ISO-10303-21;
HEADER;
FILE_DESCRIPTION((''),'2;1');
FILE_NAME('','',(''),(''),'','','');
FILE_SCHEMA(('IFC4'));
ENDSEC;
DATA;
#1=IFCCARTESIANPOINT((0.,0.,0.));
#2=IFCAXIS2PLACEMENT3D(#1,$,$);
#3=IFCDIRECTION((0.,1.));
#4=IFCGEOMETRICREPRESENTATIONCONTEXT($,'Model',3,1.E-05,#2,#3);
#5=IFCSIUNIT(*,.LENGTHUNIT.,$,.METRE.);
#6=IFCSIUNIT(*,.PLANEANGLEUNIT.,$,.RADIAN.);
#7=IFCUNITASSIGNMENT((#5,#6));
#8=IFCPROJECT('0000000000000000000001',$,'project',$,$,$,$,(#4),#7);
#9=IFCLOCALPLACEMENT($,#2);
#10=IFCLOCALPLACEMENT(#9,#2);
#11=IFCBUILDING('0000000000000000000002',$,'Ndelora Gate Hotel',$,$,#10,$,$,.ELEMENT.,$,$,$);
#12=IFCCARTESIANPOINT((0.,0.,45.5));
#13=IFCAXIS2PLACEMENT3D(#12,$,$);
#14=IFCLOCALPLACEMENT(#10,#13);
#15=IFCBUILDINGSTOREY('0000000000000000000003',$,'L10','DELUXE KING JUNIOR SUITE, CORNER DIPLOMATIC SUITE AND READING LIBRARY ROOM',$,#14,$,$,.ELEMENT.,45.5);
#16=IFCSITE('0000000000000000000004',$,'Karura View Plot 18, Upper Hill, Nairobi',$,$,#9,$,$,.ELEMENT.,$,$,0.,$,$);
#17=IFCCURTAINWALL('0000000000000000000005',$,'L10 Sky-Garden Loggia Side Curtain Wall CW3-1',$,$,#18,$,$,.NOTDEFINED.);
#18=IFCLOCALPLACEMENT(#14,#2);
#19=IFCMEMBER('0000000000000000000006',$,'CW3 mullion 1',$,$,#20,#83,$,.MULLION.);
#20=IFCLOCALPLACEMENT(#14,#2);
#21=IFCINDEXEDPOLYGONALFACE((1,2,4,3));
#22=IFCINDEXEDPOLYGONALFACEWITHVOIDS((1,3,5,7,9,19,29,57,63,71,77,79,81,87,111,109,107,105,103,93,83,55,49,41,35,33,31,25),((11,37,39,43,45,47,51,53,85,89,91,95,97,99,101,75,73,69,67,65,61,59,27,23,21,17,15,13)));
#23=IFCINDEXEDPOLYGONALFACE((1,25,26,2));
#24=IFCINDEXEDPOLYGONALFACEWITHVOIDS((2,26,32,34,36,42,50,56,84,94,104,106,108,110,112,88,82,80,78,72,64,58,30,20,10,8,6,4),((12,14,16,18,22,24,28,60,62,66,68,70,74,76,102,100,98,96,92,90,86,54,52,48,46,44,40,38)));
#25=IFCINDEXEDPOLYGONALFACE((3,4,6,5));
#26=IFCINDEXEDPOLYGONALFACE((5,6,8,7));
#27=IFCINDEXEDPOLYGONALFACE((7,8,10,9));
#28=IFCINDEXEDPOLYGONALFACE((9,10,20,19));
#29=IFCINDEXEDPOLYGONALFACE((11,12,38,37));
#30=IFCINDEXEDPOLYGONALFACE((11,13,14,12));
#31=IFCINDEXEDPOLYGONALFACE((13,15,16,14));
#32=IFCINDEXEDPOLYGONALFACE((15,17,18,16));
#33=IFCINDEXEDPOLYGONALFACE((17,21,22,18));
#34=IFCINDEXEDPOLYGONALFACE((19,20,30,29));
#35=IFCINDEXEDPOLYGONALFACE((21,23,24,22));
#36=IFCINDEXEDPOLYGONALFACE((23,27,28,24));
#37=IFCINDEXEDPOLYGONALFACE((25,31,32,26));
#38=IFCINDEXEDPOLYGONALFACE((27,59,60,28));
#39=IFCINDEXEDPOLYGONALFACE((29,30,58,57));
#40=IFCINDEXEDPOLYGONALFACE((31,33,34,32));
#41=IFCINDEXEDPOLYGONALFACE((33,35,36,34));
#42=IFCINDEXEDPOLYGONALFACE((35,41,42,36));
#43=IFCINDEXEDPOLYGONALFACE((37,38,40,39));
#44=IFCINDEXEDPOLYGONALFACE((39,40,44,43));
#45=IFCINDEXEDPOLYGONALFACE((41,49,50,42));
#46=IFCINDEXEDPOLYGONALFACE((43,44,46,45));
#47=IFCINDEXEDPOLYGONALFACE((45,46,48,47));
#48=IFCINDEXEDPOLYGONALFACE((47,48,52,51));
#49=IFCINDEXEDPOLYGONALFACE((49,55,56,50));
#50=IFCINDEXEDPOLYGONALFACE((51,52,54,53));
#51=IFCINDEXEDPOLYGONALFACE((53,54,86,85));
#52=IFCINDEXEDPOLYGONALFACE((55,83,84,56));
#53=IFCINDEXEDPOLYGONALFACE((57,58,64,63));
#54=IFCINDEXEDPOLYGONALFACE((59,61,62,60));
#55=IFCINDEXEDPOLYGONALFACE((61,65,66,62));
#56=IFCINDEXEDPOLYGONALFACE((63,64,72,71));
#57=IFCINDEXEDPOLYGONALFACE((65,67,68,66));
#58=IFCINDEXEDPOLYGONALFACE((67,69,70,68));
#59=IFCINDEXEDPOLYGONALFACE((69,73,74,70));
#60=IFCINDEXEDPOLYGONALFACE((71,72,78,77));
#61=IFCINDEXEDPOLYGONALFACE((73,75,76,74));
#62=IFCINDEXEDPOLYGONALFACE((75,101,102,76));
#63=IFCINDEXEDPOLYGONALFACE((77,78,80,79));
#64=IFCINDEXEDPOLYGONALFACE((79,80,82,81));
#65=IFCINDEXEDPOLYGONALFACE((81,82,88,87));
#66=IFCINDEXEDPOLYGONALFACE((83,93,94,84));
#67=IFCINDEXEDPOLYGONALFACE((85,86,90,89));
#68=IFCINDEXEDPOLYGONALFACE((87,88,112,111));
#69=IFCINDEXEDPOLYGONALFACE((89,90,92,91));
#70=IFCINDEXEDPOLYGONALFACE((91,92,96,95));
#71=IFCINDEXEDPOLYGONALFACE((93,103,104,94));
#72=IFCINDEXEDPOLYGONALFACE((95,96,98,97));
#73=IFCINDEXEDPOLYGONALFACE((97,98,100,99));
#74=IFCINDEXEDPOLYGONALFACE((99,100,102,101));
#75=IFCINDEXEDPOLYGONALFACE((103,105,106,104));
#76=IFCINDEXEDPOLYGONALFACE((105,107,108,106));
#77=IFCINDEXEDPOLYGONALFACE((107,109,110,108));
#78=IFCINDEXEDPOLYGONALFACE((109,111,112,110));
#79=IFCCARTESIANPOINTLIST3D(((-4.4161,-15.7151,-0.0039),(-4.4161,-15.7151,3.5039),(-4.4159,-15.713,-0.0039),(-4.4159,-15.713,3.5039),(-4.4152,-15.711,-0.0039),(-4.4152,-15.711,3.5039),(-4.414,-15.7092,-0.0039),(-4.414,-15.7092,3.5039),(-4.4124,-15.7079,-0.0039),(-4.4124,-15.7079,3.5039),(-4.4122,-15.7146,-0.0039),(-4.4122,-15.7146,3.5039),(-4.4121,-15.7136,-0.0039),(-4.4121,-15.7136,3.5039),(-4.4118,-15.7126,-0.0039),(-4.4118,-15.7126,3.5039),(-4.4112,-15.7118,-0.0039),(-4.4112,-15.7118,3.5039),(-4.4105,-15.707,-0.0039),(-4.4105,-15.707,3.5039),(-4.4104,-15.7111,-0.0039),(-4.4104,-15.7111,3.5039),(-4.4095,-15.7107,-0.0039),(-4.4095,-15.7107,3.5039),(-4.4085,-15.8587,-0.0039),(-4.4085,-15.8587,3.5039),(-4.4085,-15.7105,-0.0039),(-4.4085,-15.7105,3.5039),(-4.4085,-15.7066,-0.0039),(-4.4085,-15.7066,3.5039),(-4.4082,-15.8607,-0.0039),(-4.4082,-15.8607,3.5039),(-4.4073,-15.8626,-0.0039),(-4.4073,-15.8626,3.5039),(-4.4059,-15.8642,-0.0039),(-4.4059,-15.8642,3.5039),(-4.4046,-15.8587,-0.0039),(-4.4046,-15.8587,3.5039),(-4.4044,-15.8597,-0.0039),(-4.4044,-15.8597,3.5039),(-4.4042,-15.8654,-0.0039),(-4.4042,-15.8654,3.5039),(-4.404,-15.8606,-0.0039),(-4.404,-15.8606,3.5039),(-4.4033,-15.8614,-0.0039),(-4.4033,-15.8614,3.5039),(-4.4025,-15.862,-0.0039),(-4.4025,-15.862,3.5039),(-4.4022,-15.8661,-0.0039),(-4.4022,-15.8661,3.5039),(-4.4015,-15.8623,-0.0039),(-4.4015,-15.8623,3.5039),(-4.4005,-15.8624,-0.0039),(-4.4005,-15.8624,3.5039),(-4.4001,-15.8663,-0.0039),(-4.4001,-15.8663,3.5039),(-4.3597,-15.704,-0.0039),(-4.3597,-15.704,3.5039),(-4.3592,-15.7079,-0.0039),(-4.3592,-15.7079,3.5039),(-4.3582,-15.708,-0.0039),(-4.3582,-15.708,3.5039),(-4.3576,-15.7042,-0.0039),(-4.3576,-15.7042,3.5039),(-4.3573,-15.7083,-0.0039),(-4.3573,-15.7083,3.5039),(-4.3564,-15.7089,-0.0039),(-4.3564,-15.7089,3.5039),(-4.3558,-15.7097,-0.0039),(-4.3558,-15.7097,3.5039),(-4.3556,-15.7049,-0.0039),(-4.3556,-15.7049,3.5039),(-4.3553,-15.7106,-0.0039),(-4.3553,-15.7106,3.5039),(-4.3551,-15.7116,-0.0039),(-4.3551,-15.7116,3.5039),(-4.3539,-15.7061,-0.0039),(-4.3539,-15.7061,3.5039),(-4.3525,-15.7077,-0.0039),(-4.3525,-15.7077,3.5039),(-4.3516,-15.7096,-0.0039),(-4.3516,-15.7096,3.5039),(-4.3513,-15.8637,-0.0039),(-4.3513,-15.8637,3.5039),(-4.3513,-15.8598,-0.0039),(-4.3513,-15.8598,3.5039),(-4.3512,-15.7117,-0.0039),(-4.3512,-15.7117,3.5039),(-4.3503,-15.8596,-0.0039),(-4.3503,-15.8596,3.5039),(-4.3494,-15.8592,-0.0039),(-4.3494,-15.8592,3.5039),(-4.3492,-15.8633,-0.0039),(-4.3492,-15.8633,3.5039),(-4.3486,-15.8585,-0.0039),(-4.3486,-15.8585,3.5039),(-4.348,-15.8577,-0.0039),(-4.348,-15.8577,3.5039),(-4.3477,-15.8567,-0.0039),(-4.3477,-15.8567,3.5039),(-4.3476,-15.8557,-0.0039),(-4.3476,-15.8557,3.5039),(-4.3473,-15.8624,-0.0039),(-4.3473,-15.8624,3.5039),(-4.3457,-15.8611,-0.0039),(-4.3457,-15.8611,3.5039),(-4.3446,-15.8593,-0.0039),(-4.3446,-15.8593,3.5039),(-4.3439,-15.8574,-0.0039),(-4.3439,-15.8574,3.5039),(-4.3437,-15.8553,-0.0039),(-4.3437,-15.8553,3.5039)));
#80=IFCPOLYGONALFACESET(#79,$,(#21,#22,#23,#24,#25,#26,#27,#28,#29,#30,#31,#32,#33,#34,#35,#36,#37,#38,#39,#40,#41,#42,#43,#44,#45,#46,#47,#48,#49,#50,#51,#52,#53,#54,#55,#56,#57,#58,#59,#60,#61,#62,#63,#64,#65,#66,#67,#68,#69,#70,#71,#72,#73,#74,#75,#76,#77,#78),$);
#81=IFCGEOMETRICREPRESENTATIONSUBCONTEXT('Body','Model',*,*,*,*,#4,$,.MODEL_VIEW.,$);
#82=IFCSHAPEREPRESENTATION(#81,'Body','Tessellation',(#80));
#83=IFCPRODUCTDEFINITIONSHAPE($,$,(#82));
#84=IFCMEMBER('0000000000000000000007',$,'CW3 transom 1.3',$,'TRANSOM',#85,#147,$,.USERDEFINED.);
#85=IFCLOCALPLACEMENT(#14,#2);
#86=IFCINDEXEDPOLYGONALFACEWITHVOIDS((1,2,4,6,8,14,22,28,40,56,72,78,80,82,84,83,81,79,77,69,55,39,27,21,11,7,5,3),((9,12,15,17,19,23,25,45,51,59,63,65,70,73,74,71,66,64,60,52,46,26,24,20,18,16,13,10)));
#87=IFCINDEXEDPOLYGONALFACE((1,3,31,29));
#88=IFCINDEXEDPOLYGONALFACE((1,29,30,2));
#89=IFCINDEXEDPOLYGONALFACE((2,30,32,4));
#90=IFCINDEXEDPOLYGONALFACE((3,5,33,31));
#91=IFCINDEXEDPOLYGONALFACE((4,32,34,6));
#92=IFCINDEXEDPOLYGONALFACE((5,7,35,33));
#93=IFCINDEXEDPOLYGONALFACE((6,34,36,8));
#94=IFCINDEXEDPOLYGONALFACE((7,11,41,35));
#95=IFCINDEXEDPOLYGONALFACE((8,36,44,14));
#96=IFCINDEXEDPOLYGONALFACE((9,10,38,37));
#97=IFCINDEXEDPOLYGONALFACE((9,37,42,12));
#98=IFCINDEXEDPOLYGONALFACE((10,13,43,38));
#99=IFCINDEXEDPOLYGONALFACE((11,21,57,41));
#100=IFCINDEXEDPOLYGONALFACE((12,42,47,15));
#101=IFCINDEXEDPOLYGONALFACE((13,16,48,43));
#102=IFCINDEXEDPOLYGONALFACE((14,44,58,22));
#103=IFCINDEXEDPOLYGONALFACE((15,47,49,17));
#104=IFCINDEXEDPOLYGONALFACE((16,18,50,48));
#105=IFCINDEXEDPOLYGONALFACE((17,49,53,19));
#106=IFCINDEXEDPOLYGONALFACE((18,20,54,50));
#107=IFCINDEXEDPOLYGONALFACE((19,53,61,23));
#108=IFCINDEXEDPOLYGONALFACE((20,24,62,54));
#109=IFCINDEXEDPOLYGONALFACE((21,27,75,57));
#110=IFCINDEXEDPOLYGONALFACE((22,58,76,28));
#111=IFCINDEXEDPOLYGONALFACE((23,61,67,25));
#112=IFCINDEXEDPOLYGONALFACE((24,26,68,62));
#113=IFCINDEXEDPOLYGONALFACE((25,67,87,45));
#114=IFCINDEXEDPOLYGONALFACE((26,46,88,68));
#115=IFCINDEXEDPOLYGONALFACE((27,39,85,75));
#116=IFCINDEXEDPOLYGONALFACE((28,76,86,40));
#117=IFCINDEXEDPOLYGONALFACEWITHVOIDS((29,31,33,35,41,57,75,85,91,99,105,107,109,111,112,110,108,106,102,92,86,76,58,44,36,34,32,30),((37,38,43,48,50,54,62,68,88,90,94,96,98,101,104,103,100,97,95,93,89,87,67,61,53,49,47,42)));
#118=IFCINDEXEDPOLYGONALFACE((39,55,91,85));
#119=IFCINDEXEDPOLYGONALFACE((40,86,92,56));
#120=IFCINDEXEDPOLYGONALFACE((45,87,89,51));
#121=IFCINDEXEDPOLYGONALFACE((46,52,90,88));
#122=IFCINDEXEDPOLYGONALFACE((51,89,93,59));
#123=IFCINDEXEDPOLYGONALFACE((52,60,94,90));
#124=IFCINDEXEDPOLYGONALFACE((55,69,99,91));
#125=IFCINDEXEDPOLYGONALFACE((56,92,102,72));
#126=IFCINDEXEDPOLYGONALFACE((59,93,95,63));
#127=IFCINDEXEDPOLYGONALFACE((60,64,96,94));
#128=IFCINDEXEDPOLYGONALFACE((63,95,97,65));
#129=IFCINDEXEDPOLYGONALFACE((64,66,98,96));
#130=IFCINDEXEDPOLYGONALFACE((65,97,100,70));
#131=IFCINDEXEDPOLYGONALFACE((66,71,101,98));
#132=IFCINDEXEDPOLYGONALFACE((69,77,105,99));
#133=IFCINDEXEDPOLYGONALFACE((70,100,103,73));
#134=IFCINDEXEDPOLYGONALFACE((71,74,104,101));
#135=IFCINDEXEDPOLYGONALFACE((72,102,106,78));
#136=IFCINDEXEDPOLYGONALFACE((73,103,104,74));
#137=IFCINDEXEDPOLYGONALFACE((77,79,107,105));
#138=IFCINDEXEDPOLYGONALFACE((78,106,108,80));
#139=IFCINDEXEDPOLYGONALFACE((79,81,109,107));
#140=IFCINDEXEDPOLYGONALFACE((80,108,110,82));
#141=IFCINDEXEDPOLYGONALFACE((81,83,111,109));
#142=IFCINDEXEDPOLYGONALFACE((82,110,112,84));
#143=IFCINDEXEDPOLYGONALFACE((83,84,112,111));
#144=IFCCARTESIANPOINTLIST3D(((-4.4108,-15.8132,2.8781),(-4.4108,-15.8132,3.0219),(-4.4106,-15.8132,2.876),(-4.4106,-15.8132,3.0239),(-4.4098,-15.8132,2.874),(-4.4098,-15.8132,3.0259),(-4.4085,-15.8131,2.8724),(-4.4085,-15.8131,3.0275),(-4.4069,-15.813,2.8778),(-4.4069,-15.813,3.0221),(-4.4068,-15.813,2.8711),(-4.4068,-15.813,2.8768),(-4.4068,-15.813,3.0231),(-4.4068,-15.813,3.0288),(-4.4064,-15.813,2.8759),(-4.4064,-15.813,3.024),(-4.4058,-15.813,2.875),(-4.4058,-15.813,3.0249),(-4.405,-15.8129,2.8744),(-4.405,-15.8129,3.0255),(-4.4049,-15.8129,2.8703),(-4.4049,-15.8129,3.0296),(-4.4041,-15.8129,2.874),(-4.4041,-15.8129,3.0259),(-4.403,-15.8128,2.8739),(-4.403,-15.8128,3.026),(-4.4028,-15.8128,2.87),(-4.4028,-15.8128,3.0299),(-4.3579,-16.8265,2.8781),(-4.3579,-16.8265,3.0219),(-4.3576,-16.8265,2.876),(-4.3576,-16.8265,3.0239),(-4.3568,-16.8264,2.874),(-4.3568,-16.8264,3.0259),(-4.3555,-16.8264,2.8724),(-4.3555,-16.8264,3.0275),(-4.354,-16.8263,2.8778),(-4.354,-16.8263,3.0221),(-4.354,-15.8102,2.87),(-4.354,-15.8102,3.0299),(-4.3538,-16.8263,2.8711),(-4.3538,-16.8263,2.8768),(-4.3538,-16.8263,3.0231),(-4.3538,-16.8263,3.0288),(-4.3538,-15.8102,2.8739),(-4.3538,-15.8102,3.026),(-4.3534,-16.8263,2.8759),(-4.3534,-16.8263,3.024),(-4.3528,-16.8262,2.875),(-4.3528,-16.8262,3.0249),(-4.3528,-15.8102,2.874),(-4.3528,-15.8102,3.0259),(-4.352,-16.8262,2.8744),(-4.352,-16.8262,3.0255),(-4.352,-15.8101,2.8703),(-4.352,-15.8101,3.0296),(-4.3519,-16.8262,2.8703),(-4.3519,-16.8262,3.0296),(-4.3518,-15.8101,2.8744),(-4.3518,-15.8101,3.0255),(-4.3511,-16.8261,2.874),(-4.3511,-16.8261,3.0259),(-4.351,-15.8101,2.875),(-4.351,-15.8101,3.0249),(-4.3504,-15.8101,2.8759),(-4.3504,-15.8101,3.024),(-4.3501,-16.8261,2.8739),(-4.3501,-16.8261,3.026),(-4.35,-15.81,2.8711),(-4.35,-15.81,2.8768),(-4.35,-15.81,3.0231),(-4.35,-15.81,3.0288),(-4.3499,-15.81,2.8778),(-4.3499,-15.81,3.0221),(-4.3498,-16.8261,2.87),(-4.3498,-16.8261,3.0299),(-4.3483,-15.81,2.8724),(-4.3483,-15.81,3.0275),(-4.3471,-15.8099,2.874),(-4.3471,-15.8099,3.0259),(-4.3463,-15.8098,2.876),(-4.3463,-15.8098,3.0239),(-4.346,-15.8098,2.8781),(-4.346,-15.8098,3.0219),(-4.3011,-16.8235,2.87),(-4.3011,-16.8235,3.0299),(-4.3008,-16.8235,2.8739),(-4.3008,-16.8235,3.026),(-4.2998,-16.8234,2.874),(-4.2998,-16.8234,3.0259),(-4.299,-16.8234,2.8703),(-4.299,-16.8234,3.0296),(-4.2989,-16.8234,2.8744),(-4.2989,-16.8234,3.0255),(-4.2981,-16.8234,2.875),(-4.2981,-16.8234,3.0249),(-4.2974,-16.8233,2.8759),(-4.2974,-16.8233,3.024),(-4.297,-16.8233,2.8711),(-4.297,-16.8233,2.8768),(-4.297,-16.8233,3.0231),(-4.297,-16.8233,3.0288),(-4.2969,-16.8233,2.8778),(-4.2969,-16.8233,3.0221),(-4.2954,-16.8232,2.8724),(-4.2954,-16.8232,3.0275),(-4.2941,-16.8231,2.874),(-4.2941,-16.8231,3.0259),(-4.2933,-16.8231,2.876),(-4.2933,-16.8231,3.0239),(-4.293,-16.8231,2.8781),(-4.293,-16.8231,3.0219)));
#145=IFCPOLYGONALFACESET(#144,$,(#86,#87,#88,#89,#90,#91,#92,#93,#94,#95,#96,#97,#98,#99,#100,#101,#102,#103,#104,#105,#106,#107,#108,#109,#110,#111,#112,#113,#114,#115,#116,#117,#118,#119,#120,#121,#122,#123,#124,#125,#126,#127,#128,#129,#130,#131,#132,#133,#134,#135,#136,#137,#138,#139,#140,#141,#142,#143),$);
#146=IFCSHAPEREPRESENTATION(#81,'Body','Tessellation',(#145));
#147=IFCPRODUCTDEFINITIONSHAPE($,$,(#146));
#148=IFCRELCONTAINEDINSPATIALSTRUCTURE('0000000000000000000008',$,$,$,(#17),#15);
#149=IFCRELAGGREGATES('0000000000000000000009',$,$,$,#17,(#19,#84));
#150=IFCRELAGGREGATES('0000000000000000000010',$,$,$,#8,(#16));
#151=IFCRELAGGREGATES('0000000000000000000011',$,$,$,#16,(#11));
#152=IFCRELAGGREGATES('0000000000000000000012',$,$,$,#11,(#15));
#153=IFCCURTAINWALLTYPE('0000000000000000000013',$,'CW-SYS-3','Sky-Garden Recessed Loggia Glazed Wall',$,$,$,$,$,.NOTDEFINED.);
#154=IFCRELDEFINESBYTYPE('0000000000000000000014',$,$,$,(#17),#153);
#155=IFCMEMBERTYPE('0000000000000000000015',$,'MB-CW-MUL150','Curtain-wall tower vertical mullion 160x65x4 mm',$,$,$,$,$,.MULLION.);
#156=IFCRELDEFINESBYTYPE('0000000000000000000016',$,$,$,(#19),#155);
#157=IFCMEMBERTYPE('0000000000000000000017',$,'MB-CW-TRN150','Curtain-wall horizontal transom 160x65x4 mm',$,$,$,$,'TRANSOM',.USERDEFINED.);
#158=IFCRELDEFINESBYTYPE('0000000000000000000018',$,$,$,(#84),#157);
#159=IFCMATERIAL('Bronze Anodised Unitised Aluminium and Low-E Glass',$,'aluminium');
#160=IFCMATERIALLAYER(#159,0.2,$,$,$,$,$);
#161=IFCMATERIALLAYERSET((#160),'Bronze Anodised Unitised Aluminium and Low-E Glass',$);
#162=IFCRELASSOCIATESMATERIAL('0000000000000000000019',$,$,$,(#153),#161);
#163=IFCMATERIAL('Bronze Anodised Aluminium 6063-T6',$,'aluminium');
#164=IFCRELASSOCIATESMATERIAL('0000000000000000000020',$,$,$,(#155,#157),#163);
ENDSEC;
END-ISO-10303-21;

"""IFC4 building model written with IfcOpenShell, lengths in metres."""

from ifc_helpers import new_model, si_unit, direction, frame, origin, origin_2d, place, context, subcontext, project, spatial, hollow_rectangle, extrude, material, layer, layer_set, material_profile, profile_set, type_object, element, aggregate, save


model = new_model("IFC4")

# Units and contexts
model_context = context("Model", 3, precision=1e-05, world=origin(), true_north=direction((0.0, 1.0)))
body_context = subcontext(model_context, "Body", "Model", "MODEL_VIEW")
ifc_project = project(units=[si_unit("LENGTHUNIT", "METRE"), si_unit("PLANEANGLEUNIT", "RADIAN")], contexts=[model_context])

# Site, building, storey
site_placement = place(None, origin())
site = spatial("IfcSite", under=ifc_project, at=site_placement, Name="Karura View Plot 18, Upper Hill, Nairobi", CompositionType="ELEMENT", RefElevation=0.0)
building_placement = place(site_placement, origin())
building = spatial("IfcBuilding", under=site, at=building_placement, Name="Ndelora Gate Hotel", CompositionType="ELEMENT")
storey_placement = place(building_placement, frame((0.0, 0.0, 45.5)))
storey = spatial("IfcBuildingStorey", under=building, at=storey_placement, Name="L10", Description="DELUXE KING JUNIOR SUITE, CORNER DIPLOMATIC SUITE AND READING LIBRARY ROOM", CompositionType="ELEMENT", Elevation=45.5)

# Curtain wall, members
ifc_material_1 = material(Name="Bronze Anodised Unitised Aluminium and Low-E Glass", Category="aluminium")
ifc_layer_1 = layer(ifc_material_1, 0.2)
ifc_layer_set_1 = layer_set([ifc_layer_1], Name="Bronze Anodised Unitised Aluminium and Low-E Glass")
curtain_wall_type = type_object("IfcCurtainWallType", Name="CW-SYS-3", Description="Sky-Garden Recessed Loggia Glazed Wall", PredefinedType="NOTDEFINED", material=ifc_layer_set_1)
curtain_wall_placement = place(storey_placement, origin())
curtain_wall = element("IfcCurtainWall", 1, at=curtain_wall_placement, inside=storey, type_object=curtain_wall_type, Name="L10 Sky-Garden Loggia Side Curtain Wall CW3-1", PredefinedType="NOTDEFINED")
ifc_material_2 = material(Name="Bronze Anodised Aluminium 6063-T6", Category="aluminium")
ifc_material_profile_1 = material_profile(ifc_material_2, hollow_rectangle(XDim=0.0649, YDim=0.1599, WallThickness=0.0039, InnerFilletRadius=0.0039, OuterFilletRadius=0.0081, at=origin_2d()), Name="ALU 160x65x4")
ifc_profile_set_1 = profile_set([ifc_material_profile_1], Name="Bronze Anodised Aluminium 6063-T6")
member_type_1 = type_object("IfcMemberType", Name="MB-CW-MUL150", Description="Curtain-wall tower vertical mullion 160x65x4 mm", PredefinedType="MULLION", material=ifc_profile_set_1)
member_1_placement = place(storey_placement, frame((-4.3799, -15.7852, -0.0039), z_axis=(0.0, 0.0, 1.0), x_axis=(0.998628, 0.052363, 0.0)))
member_1 = element("IfcMember", 2, at=member_1_placement, type_object=member_type_1, Name="CW3 mullion 1", PredefinedType="MULLION", context=body_context, shape_type="SweptSolid", body=[
    extrude(hollow_rectangle(XDim=0.0649, YDim=0.1599, WallThickness=0.0039, InnerFilletRadius=0.0039, OuterFilletRadius=0.0081, at=origin_2d()), origin(), (0.0, 0.0, 1.0), 3.5078),
])
ifc_material_profile_2 = material_profile(ifc_material_2, hollow_rectangle(XDim=0.0649, YDim=0.1599, WallThickness=0.0039, InnerFilletRadius=0.0039, OuterFilletRadius=0.0081, at=origin_2d()), Name="ALU 160x65x4")
ifc_profile_set_2 = profile_set([ifc_material_profile_2], Name="Bronze Anodised Aluminium 6063-T6")
member_type_2 = type_object("IfcMemberType", Name="MB-CW-TRN150", Description="Curtain-wall horizontal transom 160x65x4 mm", ElementType="TRANSOM", PredefinedType="USERDEFINED", material=ifc_profile_set_2)
member_2_placement = place(storey_placement, frame((-4.3784, -15.8115, 2.95), z_axis=(0.052218, -0.998636, 0.0), x_axis=(0.998636, 0.052218, 0.0)))
member_2 = element("IfcMember", 3, at=member_2_placement, type_object=member_type_2, Name="CW3 transom 1.3", ObjectType="TRANSOM", PredefinedType="USERDEFINED", context=body_context, shape_type="SweptSolid", body=[
    extrude(hollow_rectangle(XDim=0.0649, YDim=0.1599, WallThickness=0.0039, InnerFilletRadius=0.0039, OuterFilletRadius=0.0081, at=origin_2d()), origin(), (0.0, 0.0, 1.0), 1.0146),
])
aggregate(curtain_wall, [member_1, member_2])

save(model, "model.ifc")
